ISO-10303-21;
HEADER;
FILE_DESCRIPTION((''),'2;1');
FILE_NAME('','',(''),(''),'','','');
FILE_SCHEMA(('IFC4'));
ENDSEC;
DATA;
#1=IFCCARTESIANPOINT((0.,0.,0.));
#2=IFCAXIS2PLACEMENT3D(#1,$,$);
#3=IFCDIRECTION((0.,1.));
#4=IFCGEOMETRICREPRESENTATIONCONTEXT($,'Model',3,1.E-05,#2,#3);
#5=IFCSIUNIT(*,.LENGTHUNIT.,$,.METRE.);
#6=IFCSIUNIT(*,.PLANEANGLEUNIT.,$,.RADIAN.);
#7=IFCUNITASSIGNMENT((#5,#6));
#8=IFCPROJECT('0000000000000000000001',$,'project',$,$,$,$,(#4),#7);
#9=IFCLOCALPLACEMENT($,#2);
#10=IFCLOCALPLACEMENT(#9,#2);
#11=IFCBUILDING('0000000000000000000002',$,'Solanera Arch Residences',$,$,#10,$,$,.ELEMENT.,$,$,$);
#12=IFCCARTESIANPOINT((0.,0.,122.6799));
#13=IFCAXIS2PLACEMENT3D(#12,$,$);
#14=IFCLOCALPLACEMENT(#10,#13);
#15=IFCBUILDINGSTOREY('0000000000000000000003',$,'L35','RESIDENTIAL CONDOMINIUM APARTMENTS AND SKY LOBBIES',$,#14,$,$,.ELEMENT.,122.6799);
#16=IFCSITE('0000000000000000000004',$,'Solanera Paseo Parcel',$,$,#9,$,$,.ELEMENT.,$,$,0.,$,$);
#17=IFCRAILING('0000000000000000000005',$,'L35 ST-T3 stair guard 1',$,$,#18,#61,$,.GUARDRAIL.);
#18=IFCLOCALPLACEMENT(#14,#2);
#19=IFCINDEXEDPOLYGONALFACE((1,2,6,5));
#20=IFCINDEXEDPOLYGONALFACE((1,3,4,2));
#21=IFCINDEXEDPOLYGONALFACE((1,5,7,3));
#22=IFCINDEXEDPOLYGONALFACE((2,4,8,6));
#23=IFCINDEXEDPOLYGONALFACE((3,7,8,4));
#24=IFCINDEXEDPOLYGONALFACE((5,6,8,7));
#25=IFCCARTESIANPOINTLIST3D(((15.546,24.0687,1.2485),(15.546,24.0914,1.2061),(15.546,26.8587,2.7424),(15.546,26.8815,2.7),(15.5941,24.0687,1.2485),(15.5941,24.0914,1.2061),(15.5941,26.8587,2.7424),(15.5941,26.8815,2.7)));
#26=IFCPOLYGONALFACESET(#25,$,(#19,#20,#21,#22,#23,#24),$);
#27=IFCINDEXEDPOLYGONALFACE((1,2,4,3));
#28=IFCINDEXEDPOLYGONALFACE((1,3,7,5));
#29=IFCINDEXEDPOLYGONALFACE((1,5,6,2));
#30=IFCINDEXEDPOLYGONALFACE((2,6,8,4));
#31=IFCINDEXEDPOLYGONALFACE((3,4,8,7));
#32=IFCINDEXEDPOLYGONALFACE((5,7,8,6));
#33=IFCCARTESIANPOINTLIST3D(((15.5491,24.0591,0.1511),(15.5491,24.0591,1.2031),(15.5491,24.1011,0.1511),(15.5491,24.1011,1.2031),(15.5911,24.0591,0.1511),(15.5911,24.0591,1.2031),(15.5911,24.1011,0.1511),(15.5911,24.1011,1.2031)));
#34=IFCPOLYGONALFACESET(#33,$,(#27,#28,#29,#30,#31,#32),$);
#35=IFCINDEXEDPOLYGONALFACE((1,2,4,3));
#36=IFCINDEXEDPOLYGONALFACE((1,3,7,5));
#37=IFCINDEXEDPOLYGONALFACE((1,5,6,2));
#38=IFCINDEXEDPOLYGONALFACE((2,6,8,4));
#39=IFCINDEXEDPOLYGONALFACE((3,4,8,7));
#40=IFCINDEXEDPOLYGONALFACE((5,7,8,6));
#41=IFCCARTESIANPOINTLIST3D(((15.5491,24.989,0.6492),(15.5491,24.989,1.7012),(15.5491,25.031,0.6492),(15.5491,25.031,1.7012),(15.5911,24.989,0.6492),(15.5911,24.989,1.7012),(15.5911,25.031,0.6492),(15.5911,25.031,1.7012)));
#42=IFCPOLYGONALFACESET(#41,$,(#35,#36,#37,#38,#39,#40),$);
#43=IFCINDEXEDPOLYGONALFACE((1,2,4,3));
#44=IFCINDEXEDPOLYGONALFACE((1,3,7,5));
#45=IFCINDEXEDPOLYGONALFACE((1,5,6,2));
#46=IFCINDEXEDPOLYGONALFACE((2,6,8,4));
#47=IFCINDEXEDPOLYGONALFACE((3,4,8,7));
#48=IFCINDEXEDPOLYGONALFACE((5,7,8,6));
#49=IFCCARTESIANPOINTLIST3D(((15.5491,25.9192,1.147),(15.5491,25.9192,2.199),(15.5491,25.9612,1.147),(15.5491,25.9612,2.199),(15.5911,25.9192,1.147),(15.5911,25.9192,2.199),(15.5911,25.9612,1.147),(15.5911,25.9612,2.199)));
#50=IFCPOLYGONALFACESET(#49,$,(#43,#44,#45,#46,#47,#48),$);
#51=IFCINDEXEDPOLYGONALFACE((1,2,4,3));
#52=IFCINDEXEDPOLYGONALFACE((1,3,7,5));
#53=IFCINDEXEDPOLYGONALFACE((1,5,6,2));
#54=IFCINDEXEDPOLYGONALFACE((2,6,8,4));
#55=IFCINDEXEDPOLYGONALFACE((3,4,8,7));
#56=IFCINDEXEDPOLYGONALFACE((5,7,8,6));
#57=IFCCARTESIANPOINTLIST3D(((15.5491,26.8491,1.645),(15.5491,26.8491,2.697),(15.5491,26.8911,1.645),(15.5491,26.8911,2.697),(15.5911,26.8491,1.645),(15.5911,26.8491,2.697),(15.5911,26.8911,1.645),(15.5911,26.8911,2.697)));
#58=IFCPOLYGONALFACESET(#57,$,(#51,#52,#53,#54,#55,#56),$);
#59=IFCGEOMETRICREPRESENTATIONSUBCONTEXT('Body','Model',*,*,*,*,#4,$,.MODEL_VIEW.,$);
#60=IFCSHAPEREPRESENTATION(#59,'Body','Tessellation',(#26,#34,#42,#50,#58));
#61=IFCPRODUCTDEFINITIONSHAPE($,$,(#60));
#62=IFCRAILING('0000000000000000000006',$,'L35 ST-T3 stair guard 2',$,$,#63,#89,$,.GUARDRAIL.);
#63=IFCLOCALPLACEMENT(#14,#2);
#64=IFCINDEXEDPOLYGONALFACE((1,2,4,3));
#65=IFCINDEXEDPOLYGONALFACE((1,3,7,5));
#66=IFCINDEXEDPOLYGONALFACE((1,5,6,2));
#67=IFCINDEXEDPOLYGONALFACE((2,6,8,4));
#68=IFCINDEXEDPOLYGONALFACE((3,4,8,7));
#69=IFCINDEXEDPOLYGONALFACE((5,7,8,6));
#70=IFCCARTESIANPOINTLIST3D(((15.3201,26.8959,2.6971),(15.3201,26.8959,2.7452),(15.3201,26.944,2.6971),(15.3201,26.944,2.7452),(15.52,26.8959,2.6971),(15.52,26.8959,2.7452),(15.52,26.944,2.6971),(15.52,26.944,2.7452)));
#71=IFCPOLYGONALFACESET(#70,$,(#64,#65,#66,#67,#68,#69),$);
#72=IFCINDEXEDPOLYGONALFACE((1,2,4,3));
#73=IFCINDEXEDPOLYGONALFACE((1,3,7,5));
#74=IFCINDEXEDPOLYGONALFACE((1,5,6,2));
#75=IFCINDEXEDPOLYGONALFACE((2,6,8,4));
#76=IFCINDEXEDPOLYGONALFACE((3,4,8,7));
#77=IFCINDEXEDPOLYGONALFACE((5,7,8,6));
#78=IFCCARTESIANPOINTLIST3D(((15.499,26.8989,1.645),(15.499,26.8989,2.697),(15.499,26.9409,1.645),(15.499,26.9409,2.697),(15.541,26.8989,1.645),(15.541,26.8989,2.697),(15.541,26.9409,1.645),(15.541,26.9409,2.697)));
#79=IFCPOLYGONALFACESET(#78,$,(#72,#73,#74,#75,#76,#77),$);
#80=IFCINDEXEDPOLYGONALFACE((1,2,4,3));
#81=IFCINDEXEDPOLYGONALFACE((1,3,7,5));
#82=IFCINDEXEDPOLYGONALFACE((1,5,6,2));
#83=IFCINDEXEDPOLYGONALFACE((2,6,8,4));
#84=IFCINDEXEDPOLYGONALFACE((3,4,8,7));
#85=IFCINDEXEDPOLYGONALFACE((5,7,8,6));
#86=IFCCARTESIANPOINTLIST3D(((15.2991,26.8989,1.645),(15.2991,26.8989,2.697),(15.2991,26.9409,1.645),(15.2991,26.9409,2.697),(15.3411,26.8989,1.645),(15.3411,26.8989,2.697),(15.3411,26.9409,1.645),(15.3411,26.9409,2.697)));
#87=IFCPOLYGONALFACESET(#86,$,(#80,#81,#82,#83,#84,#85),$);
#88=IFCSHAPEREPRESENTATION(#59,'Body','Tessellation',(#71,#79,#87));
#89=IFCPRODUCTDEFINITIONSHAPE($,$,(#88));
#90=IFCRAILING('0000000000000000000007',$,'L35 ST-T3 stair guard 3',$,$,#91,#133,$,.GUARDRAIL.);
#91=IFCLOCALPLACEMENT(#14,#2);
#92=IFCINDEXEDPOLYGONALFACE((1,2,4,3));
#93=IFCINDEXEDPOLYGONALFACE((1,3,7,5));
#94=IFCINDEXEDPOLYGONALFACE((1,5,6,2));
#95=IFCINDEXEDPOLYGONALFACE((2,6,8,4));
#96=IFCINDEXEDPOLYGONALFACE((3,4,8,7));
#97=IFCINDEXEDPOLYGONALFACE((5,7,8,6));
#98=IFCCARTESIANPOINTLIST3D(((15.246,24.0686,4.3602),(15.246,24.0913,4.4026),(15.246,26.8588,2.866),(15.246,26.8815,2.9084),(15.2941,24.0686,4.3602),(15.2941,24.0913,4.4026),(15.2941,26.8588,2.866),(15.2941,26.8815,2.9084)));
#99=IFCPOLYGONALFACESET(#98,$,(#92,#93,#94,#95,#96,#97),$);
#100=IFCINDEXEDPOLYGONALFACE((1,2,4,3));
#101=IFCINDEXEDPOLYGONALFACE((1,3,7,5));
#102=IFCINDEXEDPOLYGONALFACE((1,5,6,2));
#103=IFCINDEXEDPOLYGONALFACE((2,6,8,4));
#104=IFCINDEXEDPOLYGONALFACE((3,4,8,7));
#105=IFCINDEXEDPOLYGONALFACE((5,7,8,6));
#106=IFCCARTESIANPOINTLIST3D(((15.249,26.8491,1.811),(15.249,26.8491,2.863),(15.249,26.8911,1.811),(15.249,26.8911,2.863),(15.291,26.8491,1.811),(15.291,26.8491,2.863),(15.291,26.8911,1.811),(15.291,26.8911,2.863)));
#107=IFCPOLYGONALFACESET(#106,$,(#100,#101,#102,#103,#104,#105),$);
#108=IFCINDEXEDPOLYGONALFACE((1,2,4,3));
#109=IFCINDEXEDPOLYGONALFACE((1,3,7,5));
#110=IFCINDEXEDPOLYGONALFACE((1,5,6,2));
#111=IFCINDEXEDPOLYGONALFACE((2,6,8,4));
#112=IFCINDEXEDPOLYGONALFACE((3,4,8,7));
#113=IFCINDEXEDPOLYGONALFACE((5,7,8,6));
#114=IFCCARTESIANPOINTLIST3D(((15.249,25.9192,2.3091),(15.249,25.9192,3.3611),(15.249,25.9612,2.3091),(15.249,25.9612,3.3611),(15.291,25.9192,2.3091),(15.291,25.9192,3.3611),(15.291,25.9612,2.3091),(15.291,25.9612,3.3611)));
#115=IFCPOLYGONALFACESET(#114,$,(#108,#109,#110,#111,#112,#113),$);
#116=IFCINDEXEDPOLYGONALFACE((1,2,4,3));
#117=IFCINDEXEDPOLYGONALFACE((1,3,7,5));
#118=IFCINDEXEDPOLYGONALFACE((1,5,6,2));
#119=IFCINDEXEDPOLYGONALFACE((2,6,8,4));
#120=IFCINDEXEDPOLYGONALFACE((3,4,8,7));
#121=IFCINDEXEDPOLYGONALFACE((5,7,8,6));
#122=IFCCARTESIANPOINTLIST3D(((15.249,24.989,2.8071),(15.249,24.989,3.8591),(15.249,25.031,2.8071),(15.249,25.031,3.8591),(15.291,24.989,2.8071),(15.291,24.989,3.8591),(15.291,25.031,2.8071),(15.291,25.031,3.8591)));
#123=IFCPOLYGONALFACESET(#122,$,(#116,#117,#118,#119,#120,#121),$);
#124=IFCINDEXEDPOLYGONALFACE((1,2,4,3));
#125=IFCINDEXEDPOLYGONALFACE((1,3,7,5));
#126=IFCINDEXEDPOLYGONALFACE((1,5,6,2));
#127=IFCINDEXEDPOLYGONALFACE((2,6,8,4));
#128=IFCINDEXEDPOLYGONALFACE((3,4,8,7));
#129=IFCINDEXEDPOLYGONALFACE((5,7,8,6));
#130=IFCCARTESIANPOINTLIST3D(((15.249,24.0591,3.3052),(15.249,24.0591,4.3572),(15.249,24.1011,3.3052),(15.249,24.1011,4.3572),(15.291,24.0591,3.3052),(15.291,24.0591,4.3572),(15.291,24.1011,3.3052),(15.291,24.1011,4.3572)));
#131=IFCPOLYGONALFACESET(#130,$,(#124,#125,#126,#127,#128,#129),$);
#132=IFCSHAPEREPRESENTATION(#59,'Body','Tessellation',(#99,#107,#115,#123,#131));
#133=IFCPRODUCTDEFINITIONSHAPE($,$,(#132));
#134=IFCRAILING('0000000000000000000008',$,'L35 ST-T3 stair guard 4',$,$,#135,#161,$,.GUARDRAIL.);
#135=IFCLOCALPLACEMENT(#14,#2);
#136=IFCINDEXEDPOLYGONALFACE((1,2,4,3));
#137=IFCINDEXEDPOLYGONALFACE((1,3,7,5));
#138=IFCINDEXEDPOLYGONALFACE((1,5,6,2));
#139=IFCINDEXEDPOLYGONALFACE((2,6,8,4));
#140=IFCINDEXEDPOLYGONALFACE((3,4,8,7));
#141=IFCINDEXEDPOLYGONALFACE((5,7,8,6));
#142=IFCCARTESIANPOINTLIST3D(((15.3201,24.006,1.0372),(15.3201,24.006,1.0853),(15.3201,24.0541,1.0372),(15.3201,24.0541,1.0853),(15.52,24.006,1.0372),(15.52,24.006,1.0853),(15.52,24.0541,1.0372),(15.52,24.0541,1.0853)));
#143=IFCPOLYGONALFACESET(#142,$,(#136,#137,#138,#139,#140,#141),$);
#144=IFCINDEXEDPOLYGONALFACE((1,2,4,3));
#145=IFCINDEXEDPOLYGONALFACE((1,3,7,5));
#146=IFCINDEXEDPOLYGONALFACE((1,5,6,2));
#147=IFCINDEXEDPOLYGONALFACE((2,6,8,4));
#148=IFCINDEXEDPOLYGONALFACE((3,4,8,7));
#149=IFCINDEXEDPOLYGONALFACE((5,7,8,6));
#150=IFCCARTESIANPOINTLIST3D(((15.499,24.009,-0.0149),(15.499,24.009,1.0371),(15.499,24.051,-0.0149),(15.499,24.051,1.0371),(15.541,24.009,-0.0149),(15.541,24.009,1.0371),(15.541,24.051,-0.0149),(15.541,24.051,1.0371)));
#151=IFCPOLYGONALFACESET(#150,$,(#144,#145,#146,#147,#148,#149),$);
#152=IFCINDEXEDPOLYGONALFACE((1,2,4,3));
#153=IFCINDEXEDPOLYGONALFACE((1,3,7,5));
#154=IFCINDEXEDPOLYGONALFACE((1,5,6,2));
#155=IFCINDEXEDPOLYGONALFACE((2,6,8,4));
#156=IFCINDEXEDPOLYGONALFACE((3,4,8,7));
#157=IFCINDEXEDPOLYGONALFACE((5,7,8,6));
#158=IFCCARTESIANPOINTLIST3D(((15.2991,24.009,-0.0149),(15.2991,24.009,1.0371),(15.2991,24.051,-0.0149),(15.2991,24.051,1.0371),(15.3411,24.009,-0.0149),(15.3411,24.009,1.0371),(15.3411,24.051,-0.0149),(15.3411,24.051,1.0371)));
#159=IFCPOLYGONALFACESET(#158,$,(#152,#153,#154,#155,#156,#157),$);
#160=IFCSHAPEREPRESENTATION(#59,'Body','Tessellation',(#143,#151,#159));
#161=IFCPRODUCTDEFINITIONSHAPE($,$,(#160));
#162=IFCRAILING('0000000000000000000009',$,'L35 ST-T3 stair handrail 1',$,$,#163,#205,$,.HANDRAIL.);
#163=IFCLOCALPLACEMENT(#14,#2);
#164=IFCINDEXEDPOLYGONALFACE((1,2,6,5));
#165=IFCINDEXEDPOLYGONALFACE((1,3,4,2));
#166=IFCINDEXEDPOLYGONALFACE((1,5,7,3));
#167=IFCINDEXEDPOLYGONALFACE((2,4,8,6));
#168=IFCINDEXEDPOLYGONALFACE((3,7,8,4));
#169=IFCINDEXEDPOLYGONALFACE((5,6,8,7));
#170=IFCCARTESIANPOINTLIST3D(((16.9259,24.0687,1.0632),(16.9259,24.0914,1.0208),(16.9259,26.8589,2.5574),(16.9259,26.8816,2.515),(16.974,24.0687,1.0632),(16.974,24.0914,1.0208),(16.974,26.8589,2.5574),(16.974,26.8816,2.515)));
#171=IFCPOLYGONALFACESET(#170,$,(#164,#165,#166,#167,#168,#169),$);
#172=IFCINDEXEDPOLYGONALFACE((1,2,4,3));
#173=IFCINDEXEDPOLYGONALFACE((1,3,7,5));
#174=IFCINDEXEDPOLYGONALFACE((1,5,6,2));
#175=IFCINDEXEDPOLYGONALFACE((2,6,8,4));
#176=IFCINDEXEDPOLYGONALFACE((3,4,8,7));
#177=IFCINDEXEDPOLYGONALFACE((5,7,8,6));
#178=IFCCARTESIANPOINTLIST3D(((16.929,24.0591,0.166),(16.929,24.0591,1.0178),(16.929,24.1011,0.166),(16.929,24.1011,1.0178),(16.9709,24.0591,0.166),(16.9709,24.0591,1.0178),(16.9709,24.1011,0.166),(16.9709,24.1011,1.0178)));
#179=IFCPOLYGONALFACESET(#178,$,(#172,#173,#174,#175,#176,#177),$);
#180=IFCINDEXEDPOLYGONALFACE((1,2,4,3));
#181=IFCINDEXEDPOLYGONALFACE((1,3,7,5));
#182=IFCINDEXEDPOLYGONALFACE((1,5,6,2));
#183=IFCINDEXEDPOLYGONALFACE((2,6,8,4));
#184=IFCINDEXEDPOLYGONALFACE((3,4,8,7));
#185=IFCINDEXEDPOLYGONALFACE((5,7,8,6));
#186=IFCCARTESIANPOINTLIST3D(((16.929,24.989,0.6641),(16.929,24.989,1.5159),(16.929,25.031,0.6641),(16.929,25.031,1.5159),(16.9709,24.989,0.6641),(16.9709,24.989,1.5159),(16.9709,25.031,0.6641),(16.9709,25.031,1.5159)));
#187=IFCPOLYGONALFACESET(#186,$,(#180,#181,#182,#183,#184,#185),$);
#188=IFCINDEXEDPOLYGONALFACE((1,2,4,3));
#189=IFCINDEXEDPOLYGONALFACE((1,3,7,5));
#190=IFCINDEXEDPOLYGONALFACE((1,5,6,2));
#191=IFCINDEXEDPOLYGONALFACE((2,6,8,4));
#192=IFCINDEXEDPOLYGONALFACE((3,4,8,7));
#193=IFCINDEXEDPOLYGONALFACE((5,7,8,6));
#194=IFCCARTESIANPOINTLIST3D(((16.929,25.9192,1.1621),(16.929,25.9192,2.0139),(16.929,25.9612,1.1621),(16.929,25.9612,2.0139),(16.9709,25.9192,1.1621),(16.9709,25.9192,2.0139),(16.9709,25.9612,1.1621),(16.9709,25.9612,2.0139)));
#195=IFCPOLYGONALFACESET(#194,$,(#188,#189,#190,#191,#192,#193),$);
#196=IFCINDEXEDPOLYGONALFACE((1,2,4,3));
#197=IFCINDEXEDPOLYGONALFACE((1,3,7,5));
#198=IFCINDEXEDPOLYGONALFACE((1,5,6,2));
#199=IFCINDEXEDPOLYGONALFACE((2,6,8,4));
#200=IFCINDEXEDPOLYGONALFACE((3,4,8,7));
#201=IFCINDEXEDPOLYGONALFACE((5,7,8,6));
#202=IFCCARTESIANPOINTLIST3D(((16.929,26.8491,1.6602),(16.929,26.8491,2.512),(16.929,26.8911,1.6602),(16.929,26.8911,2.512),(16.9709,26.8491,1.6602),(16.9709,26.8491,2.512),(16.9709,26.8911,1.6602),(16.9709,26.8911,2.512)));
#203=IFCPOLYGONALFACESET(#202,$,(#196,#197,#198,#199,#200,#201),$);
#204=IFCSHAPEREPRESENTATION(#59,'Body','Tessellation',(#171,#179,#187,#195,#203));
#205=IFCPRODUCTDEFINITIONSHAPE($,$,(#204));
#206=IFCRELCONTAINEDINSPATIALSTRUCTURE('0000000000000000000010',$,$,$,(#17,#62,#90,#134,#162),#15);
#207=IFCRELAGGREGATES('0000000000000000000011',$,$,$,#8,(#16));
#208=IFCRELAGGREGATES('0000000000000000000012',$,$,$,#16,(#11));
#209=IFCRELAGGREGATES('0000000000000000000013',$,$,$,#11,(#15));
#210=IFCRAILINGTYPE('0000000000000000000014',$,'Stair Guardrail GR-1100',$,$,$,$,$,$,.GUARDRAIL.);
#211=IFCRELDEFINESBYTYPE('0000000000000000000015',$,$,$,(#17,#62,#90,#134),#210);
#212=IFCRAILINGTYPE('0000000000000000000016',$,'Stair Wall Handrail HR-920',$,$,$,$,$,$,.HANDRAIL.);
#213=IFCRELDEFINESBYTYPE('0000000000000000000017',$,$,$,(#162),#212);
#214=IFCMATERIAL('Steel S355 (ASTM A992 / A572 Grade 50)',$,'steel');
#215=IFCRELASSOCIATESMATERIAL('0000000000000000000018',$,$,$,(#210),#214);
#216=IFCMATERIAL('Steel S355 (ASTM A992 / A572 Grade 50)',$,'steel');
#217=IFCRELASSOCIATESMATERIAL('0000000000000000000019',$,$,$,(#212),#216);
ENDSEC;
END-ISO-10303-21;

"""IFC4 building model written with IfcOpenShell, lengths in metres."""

from ifc_helpers import new_model, si_unit, direction, frame, origin, origin_2d, place, context, subcontext, project, spatial, rectangle, extrude, material, type_object, element, save


model = new_model("IFC4")

# Units and contexts
model_context = context("Model", 3, precision=1e-05, world=origin(), true_north=direction((0.0, 1.0)))
body_context = subcontext(model_context, "Body", "Model", "MODEL_VIEW")
ifc_project = project(units=[si_unit("LENGTHUNIT", "METRE"), si_unit("PLANEANGLEUNIT", "RADIAN")], contexts=[model_context])

# Site, building, storey
site_placement = place(None, origin())
site = spatial("IfcSite", under=ifc_project, at=site_placement, Name="Solanera Paseo Parcel", CompositionType="ELEMENT", RefElevation=0.0)
building_placement = place(site_placement, origin())
building = spatial("IfcBuilding", under=site, at=building_placement, Name="Solanera Arch Residences", CompositionType="ELEMENT")
storey_placement = place(building_placement, frame((0.0, 0.0, 122.6799)))
storey = spatial("IfcBuildingStorey", under=building, at=storey_placement, Name="L35", Description="RESIDENTIAL CONDOMINIUM APARTMENTS AND SKY LOBBIES", CompositionType="ELEMENT", Elevation=122.6799)

# Railings
ifc_material_1 = material(Name="Steel S355 (ASTM A992 / A572 Grade 50)", Category="steel")
railing_type_1 = type_object("IfcRailingType", Name="Stair Guardrail GR-1100", PredefinedType="GUARDRAIL", material=ifc_material_1)
railing_1_placement = place(storey_placement, frame((15.5701, 24.0801, 0.1511)))
element("IfcRailing", 1, at=railing_1_placement, inside=storey, type_object=railing_type_1, Name="L35 ST-T3 stair guard 1", PredefinedType="GUARDRAIL", context=body_context, shape_type="SweptSolid", body=[
    extrude(rectangle(XDim=0.0481, YDim=0.0481, at=origin_2d()), frame((0.0, 0.0, 1.0762), z_axis=(0.0, 0.881581, 0.472033), x_axis=(-1.0, 0.0, 0.0)), (0.0, 0.0, 1.0), 3.1648),
    extrude(rectangle(XDim=0.042, YDim=0.042, at=origin_2d()), origin(), (0.0, 0.0, 1.0), 1.052),
    extrude(rectangle(XDim=0.042, YDim=0.042, at=origin_2d()), frame((0.0, 0.9299, 0.498)), (0.0, 0.0, 1.0), 1.052),
    extrude(rectangle(XDim=0.042, YDim=0.042, at=origin_2d()), frame((0.0, 1.8601, 0.9958)), (0.0, 0.0, 1.0), 1.052),
    extrude(rectangle(XDim=0.042, YDim=0.042, at=origin_2d()), frame((0.0, 2.79, 1.4939)), (0.0, 0.0, 1.0), 1.052),
])
railing_2_placement = place(storey_placement, frame((15.52, 26.9199, 1.645)))
element("IfcRailing", 2, at=railing_2_placement, inside=storey, type_object=railing_type_1, Name="L35 ST-T3 stair guard 2", PredefinedType="GUARDRAIL", context=body_context, shape_type="SweptSolid", body=[
    extrude(rectangle(XDim=0.0481, YDim=0.0481, at=origin_2d()), frame((0.0, 0.0, 1.0762), z_axis=(-1.0, 0.0, 0.0), x_axis=(0.0, -1.0, 0.0)), (0.0, 0.0, 1.0), 0.2),
    extrude(rectangle(XDim=0.042, YDim=0.042, at=origin_2d()), origin(), (0.0, 0.0, 1.0), 1.052),
    extrude(rectangle(XDim=0.042, YDim=0.042, at=origin_2d()), frame((-0.2, 0.0, 0.0)), (0.0, 0.0, 1.0), 1.052),
])
railing_3_placement = place(storey_placement, frame((15.27, 26.8701, 1.811)))
element("IfcRailing", 3, at=railing_3_placement, inside=storey, type_object=railing_type_1, Name="L35 ST-T3 stair guard 3", PredefinedType="GUARDRAIL", context=body_context, shape_type="SweptSolid", body=[
    extrude(rectangle(XDim=0.0481, YDim=0.0481, at=origin_2d()), frame((0.0, 0.0, 1.0762), z_axis=(0.0, -0.881549, 0.472093), x_axis=(1.0, 0.0, 0.0)), (0.0, 0.0, 1.0), 3.165),
    extrude(rectangle(XDim=0.042, YDim=0.042, at=origin_2d()), origin(), (0.0, 0.0, 1.0), 1.052),
    extrude(rectangle(XDim=0.042, YDim=0.042, at=origin_2d()), frame((0.0, -0.9299, 0.498)), (0.0, 0.0, 1.0), 1.052),
    extrude(rectangle(XDim=0.042, YDim=0.042, at=origin_2d()), frame((0.0, -1.8601, 0.9961)), (0.0, 0.0, 1.0), 1.052),
    extrude(rectangle(XDim=0.042, YDim=0.042, at=origin_2d()), frame((0.0, -2.79, 1.4941)), (0.0, 0.0, 1.0), 1.052),
])
railing_4_placement = place(storey_placement, frame((15.52, 24.03, -0.0149)))
element("IfcRailing", 4, at=railing_4_placement, inside=storey, type_object=railing_type_1, Name="L35 ST-T3 stair guard 4", PredefinedType="GUARDRAIL", context=body_context, shape_type="SweptSolid", body=[
    extrude(rectangle(XDim=0.0481, YDim=0.0481, at=origin_2d()), frame((0.0, 0.0, 1.0762), z_axis=(-1.0, 0.0, 0.0), x_axis=(0.0, -1.0, 0.0)), (0.0, 0.0, 1.0), 0.2),
    extrude(rectangle(XDim=0.042, YDim=0.042, at=origin_2d()), origin(), (0.0, 0.0, 1.0), 1.052),
    extrude(rectangle(XDim=0.042, YDim=0.042, at=origin_2d()), frame((-0.2, 0.0, 0.0)), (0.0, 0.0, 1.0), 1.052),
])
ifc_material_2 = material(Name="Steel S355 (ASTM A992 / A572 Grade 50)", Category="steel")
railing_type_2 = type_object("IfcRailingType", Name="Stair Wall Handrail HR-920", PredefinedType="HANDRAIL", material=ifc_material_2)
railing_5_placement = place(storey_placement, frame((16.95, 24.0801, 0.166)))
element("IfcRailing", 5, at=railing_5_placement, inside=storey, type_object=railing_type_2, Name="L35 ST-T3 stair handrail 1", PredefinedType="HANDRAIL", context=body_context, shape_type="SweptSolid", body=[
    extrude(rectangle(XDim=0.0481, YDim=0.0481, at=origin_2d()), frame((0.0, 0.0, 0.876), z_axis=(0.0, 0.881549, 0.472093), x_axis=(-1.0, 0.0, 0.0)), (0.0, 0.0, 1.0), 3.165),
    extrude(rectangle(XDim=0.042, YDim=0.042, at=origin_2d()), origin(), (0.0, 0.0, 1.0), 0.8518),
    extrude(rectangle(XDim=0.042, YDim=0.042, at=origin_2d()), frame((0.0, 0.9299, 0.498)), (0.0, 0.0, 1.0), 0.8518),
    extrude(rectangle(XDim=0.042, YDim=0.042, at=origin_2d()), frame((0.0, 1.8601, 0.9961)), (0.0, 0.0, 1.0), 0.8518),
    extrude(rectangle(XDim=0.042, YDim=0.042, at=origin_2d()), frame((0.0, 2.79, 1.4941)), (0.0, 0.0, 1.0), 0.8518),
])

save(model, "model.ifc")
